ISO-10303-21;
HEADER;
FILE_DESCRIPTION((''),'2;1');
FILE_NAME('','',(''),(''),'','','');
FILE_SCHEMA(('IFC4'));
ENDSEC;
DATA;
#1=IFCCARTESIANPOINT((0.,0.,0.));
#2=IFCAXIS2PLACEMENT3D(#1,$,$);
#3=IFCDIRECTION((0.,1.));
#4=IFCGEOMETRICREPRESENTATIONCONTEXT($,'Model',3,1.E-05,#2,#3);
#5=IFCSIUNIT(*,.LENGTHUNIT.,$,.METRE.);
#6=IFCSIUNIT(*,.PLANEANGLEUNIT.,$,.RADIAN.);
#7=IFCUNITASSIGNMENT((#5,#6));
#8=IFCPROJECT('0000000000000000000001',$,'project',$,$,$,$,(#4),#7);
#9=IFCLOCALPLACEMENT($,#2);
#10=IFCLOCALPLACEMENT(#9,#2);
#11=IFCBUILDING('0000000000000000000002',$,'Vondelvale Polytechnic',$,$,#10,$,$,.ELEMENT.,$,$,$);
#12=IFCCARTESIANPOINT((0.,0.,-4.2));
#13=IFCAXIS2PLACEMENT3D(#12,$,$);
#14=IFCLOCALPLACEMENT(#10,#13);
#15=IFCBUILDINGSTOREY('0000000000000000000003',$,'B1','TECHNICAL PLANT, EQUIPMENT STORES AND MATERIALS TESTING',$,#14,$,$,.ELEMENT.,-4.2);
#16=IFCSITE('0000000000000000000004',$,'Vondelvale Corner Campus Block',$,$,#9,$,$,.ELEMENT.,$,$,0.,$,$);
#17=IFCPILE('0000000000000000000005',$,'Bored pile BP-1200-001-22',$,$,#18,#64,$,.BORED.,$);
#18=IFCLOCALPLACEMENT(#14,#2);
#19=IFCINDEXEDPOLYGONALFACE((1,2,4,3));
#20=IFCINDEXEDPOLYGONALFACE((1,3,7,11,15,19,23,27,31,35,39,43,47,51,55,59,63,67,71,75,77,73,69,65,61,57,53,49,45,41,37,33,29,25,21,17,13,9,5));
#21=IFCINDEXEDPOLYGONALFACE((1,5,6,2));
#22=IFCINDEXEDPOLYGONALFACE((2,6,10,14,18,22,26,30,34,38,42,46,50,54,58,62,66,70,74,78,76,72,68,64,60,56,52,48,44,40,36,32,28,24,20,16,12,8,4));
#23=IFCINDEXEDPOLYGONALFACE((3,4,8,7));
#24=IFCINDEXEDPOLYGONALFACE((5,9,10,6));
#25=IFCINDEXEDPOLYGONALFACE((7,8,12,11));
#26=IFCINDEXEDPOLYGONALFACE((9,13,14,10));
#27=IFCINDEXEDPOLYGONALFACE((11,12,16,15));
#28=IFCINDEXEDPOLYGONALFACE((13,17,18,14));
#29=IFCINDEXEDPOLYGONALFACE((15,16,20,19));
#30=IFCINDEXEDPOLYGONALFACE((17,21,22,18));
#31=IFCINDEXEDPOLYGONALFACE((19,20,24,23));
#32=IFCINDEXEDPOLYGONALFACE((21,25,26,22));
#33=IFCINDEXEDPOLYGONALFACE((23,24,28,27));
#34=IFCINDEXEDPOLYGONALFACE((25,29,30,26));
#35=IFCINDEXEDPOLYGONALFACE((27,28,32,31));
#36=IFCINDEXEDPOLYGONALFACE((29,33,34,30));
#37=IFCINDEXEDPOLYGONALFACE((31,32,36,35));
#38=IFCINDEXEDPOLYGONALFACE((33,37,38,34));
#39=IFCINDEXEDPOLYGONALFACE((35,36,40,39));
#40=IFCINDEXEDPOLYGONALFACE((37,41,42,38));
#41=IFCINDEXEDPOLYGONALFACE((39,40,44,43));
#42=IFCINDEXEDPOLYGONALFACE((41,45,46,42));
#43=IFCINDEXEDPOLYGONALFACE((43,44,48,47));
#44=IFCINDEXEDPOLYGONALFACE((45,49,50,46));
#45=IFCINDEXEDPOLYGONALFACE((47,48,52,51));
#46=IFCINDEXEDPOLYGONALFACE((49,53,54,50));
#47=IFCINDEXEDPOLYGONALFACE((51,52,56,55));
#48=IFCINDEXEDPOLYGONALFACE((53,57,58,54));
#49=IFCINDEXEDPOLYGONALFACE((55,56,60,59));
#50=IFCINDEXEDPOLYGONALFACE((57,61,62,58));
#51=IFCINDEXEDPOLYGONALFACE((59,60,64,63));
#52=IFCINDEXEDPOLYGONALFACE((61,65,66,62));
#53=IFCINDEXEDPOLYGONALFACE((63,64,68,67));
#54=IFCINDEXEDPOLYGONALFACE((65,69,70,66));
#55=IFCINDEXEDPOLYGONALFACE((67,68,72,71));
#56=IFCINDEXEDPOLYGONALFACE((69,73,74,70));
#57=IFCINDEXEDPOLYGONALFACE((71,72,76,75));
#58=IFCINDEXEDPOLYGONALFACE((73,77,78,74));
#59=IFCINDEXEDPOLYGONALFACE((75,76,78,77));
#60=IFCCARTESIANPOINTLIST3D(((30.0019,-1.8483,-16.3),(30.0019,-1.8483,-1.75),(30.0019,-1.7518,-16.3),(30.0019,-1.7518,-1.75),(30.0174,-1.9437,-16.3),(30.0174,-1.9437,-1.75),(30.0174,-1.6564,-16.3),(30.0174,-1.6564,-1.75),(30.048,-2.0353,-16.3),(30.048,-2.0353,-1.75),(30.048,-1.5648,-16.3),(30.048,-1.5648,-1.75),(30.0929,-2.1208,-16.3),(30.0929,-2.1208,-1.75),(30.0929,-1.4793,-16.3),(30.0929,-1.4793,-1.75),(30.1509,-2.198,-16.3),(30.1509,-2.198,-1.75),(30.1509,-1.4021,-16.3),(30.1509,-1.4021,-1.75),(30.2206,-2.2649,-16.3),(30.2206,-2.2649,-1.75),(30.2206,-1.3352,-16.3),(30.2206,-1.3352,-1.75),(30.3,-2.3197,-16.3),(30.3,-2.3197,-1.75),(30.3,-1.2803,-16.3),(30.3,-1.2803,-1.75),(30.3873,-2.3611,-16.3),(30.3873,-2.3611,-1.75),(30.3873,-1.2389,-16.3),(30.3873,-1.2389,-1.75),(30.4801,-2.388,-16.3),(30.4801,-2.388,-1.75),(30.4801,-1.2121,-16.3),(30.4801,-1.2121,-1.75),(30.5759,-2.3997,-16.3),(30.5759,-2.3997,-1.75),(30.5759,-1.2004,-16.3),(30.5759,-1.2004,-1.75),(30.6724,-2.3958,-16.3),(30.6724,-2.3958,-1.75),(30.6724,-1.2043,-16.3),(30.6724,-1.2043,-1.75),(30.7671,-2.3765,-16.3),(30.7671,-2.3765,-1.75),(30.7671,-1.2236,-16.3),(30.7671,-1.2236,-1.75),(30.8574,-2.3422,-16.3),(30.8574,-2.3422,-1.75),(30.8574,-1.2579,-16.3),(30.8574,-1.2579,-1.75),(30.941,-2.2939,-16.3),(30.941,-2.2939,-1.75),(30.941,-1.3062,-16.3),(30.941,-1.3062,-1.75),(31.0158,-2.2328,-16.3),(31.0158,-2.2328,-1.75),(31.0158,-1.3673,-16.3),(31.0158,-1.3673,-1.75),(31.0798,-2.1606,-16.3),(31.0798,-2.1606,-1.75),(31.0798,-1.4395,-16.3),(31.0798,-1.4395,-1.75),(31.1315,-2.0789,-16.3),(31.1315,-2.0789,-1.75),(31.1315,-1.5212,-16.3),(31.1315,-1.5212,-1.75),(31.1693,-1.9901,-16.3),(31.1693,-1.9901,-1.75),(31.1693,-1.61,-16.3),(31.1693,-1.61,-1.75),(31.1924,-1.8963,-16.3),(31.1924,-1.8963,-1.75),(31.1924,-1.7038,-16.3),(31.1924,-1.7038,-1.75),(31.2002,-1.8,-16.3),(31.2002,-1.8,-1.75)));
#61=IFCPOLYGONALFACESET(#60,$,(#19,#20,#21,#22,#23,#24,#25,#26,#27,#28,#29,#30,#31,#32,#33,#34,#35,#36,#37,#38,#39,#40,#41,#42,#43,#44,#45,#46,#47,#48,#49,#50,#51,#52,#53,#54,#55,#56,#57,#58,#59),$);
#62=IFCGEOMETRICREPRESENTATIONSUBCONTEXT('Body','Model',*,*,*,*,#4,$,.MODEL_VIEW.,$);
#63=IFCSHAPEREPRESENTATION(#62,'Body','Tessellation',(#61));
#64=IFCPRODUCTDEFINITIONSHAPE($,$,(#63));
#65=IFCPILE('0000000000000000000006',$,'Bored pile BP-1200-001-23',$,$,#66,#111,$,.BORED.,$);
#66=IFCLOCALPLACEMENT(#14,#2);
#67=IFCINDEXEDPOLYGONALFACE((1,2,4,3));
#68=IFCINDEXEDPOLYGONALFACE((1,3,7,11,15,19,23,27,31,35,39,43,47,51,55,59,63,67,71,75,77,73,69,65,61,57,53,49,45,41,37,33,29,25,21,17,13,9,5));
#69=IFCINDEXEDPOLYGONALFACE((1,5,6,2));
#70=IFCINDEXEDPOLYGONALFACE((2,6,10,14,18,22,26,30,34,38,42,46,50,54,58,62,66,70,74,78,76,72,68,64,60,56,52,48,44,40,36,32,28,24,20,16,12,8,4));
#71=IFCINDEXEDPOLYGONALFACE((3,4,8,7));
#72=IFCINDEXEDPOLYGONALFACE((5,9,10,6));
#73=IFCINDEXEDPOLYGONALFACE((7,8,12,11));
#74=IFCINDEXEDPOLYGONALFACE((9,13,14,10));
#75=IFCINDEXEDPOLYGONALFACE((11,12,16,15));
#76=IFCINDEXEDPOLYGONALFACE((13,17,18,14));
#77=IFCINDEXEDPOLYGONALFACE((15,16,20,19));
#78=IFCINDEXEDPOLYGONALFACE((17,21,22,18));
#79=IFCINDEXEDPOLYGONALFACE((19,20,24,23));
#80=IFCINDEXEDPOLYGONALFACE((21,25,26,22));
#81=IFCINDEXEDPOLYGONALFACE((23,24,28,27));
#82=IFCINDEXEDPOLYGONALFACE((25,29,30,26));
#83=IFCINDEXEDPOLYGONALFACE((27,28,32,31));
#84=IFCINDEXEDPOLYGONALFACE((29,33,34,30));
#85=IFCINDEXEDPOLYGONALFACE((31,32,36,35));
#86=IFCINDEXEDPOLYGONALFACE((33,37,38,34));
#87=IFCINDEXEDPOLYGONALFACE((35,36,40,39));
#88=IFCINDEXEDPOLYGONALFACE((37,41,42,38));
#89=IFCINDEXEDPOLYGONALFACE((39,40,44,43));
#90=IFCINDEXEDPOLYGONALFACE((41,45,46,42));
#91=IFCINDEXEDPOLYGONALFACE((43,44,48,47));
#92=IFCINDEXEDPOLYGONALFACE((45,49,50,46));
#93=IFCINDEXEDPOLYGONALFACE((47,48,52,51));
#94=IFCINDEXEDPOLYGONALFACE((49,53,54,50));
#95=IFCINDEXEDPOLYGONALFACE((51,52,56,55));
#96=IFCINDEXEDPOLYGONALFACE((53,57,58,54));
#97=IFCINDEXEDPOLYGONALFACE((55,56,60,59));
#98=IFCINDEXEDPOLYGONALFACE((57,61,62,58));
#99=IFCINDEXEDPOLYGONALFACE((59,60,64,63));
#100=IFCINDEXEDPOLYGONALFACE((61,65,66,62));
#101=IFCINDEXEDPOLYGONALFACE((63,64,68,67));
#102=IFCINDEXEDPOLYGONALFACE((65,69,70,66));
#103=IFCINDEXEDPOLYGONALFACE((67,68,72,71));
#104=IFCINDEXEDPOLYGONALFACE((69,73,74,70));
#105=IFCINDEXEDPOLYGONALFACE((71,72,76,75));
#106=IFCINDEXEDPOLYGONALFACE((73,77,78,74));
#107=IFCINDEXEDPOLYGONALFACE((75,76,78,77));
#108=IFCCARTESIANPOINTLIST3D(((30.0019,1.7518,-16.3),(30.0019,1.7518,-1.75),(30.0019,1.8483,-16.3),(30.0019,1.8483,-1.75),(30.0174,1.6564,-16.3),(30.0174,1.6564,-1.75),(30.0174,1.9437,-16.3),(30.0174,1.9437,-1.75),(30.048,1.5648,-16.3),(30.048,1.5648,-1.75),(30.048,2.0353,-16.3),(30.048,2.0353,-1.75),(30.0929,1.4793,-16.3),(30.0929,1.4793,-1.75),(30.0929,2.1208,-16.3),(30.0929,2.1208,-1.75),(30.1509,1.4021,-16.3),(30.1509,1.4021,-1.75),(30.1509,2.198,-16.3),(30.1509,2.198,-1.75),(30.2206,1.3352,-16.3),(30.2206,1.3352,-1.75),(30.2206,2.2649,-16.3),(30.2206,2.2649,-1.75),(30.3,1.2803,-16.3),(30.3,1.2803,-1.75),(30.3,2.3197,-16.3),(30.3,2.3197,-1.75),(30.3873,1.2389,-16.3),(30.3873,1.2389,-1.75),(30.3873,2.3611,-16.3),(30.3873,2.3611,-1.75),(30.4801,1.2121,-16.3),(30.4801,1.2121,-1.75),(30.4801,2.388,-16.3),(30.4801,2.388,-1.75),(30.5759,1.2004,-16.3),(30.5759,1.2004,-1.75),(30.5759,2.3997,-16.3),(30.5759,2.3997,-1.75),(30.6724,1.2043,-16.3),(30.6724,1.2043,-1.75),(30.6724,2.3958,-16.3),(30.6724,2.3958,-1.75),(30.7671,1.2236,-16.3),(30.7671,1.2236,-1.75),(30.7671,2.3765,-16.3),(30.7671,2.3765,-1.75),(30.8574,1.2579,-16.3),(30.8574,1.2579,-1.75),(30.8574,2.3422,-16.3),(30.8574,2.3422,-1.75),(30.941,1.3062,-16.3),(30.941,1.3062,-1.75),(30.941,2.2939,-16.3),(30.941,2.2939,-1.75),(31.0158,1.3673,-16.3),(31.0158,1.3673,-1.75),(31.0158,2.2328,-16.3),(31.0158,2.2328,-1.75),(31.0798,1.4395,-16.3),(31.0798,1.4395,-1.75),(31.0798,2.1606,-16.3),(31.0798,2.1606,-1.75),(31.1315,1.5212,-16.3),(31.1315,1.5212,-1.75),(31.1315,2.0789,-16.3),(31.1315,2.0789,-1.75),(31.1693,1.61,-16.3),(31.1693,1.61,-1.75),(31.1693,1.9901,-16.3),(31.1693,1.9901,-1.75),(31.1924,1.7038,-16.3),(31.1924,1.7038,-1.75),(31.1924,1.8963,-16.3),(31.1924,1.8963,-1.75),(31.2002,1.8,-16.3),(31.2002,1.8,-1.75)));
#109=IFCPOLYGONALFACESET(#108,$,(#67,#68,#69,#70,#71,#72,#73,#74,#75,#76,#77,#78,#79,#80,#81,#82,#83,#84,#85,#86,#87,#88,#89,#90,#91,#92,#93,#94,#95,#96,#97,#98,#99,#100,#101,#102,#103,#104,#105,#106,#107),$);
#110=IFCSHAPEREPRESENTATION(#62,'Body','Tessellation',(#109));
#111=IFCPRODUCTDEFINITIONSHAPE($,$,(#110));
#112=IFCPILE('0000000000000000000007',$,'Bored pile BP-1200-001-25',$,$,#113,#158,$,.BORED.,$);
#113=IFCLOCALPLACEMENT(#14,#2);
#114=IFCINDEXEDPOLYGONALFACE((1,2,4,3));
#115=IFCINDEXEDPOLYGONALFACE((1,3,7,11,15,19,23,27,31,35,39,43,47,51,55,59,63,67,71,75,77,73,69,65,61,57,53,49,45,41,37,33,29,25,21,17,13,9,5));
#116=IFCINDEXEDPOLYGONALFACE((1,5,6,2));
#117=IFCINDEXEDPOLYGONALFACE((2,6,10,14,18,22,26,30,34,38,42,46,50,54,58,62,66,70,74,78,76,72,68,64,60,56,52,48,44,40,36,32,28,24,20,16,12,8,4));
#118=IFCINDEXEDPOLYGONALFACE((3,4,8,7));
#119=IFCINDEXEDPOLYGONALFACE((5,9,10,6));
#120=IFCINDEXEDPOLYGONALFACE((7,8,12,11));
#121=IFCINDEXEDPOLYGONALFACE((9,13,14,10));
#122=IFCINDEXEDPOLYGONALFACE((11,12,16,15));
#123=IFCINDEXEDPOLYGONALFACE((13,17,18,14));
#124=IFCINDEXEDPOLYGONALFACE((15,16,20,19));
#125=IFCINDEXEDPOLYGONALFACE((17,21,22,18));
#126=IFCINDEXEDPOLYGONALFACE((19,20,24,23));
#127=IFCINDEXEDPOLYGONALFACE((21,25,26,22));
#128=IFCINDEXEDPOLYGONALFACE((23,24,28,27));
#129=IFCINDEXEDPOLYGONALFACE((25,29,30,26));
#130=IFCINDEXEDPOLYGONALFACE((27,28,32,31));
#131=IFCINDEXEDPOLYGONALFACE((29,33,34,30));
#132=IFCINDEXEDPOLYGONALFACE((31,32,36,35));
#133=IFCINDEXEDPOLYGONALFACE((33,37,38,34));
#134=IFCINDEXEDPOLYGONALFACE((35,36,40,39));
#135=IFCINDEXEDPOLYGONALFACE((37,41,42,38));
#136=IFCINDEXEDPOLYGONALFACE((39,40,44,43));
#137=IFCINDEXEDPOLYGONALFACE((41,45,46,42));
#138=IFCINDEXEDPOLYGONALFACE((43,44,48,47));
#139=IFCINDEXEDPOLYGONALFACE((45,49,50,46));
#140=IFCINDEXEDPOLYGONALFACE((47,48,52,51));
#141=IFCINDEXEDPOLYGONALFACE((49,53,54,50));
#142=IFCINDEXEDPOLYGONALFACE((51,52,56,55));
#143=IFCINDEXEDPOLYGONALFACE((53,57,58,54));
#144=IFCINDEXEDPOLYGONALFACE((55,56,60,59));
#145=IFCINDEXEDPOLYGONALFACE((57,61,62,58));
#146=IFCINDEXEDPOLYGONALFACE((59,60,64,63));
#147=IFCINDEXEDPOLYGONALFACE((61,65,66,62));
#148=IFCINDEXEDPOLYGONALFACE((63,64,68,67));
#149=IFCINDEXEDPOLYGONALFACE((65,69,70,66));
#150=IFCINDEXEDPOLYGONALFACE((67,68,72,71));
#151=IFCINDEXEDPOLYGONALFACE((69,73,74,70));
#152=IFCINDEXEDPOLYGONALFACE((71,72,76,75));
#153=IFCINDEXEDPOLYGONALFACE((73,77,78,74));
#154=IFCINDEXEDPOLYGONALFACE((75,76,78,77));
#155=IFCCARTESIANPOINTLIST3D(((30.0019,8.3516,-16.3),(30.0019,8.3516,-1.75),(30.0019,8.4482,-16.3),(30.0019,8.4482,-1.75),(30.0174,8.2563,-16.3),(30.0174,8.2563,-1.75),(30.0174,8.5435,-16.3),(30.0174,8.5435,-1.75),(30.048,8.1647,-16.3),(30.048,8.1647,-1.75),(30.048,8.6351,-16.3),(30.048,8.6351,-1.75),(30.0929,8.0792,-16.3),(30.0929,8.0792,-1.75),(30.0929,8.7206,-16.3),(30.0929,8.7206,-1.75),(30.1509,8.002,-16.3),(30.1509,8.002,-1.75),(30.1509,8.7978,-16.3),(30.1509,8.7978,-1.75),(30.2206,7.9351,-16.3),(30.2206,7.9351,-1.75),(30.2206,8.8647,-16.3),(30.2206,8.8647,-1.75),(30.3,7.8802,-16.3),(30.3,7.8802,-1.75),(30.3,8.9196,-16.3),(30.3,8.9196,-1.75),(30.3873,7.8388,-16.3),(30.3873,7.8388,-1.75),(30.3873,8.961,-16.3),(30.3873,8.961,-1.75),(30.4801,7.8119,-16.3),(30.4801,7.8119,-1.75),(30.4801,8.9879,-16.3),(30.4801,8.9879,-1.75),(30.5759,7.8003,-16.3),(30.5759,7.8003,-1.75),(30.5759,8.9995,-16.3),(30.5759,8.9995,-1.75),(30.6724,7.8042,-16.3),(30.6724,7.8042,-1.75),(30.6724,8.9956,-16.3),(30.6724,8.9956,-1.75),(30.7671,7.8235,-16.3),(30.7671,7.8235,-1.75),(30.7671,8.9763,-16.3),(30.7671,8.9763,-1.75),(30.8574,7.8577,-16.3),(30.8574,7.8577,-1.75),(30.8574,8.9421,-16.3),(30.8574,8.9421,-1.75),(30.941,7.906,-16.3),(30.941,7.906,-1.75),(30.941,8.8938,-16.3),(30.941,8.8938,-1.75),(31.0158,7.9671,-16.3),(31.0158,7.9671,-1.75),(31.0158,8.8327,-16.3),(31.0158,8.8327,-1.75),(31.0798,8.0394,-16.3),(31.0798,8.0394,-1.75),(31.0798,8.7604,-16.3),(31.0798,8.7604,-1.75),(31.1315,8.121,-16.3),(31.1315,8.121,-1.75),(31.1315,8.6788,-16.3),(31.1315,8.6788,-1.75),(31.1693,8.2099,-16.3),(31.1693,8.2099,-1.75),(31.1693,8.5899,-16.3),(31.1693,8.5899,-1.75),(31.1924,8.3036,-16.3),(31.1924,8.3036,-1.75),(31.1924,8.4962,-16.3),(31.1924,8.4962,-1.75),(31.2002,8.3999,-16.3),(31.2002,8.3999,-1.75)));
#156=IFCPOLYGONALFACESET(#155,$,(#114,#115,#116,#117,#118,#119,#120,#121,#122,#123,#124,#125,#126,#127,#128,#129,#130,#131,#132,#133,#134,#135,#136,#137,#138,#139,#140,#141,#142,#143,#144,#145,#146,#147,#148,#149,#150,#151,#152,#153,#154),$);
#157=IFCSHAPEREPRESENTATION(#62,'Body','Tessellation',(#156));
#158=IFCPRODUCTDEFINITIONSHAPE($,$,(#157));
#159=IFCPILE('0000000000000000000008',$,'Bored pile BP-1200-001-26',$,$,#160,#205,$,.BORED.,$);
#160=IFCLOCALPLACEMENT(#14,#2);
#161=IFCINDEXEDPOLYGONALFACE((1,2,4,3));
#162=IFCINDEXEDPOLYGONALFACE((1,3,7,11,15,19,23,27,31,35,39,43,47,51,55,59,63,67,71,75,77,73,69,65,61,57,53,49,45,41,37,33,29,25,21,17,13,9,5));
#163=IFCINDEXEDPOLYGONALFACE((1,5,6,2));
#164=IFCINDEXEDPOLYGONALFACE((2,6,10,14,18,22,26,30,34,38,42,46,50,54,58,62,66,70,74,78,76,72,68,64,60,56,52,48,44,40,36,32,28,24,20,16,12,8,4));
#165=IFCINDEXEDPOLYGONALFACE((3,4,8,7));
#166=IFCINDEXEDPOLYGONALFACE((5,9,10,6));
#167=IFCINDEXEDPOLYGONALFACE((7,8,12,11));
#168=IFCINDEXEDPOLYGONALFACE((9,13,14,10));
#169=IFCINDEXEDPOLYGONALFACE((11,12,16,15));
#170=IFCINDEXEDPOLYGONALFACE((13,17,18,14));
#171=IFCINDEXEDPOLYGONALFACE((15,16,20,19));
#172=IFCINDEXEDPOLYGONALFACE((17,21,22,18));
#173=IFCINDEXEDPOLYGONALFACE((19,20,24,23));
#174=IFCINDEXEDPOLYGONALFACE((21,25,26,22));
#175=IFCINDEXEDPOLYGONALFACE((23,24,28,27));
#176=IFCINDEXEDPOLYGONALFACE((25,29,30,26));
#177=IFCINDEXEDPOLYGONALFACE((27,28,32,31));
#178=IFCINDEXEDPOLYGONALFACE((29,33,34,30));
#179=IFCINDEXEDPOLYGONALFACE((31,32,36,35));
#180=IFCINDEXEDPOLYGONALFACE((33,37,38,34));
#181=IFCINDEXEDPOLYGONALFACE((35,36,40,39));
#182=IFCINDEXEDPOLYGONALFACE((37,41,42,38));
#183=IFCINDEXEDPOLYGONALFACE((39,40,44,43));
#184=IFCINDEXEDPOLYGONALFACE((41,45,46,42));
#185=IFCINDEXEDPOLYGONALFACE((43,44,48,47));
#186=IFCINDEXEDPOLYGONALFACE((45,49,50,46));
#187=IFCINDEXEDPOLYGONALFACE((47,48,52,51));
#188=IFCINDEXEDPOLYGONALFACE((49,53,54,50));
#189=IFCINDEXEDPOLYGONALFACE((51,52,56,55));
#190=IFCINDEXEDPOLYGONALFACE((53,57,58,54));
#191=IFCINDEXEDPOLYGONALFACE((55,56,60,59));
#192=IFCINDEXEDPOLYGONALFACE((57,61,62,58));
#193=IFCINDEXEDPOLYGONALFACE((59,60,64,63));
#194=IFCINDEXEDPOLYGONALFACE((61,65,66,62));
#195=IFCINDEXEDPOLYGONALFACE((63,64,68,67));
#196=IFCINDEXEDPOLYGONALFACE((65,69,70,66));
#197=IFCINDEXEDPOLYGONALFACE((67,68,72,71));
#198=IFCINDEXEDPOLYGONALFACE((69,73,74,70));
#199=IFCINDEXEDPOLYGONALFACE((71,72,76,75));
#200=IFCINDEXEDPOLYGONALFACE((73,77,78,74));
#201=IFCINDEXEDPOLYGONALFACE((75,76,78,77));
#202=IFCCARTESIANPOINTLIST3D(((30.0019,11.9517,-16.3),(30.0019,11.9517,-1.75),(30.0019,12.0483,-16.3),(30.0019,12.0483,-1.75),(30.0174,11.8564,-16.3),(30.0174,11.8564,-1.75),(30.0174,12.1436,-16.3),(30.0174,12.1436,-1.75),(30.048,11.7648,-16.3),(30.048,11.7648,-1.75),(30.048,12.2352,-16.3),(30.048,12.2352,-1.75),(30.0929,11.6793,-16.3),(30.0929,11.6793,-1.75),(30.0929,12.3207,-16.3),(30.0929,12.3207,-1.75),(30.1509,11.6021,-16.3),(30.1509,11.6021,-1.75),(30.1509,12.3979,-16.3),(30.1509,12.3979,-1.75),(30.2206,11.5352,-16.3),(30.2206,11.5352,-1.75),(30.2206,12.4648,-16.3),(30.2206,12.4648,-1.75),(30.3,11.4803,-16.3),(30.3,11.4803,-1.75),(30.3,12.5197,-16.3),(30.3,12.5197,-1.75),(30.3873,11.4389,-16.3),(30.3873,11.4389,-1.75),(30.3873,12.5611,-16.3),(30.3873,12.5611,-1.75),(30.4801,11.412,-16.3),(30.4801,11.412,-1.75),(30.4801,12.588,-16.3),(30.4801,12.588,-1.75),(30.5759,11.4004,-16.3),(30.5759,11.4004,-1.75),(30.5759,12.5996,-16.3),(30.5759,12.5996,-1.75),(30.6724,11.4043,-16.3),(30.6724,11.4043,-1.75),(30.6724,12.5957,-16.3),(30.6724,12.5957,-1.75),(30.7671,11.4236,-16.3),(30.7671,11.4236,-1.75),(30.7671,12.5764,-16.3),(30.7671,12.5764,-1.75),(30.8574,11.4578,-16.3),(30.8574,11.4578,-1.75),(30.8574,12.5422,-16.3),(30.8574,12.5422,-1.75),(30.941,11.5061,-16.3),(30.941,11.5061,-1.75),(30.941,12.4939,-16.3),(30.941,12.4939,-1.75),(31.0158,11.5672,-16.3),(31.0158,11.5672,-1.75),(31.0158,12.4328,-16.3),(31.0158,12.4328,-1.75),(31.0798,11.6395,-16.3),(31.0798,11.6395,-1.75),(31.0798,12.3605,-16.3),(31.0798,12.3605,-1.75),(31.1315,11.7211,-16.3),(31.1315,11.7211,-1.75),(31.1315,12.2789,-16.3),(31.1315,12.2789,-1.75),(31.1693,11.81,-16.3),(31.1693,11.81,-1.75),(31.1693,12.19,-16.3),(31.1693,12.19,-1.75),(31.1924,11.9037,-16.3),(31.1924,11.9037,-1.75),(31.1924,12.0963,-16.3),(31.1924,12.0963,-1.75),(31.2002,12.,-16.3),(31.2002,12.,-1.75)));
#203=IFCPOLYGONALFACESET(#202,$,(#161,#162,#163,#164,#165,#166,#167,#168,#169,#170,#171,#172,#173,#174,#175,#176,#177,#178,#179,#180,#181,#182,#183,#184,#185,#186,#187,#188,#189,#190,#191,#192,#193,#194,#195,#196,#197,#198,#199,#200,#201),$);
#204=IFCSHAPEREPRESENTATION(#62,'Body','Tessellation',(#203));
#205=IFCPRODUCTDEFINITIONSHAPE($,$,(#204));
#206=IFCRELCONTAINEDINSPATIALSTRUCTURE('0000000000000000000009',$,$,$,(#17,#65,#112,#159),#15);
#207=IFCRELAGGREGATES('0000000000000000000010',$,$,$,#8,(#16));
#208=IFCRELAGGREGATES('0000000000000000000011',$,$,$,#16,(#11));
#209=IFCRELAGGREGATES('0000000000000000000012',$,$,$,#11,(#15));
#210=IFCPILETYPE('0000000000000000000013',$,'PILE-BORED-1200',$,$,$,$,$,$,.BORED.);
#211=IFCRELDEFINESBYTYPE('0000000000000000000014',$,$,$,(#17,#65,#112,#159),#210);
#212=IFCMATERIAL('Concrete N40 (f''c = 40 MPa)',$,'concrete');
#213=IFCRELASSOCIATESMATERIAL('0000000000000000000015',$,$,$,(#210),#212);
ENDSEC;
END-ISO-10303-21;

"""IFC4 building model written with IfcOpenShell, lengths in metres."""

from ifc_helpers import new_model, si_unit, direction, frame, origin, origin_2d, place, context, subcontext, project, spatial, circle, extrude, material, material_profile, profile_set, type_object, element, save


model = new_model("IFC4")

# Units and contexts
model_context = context("Model", 3, precision=1e-05, world=origin(), true_north=direction((0.0, 1.0)))
body_context = subcontext(model_context, "Body", "Model", "MODEL_VIEW")
ifc_project = project(units=[si_unit("LENGTHUNIT", "METRE"), si_unit("PLANEANGLEUNIT", "RADIAN")], contexts=[model_context])

# Site, building, storey
site_placement = place(None, origin())
site = spatial("IfcSite", under=ifc_project, at=site_placement, Name="Vondelvale Corner Campus Block", CompositionType="ELEMENT", RefElevation=0.0)
building_placement = place(site_placement, origin())
building = spatial("IfcBuilding", under=site, at=building_placement, Name="Vondelvale Polytechnic", CompositionType="ELEMENT")
storey_placement = place(building_placement, frame((0.0, 0.0, -4.2)))
storey = spatial("IfcBuildingStorey", under=building, at=storey_placement, Name="B1", Description="TECHNICAL PLANT, EQUIPMENT STORES AND MATERIALS TESTING", CompositionType="ELEMENT", Elevation=-4.2)

# Piles
ifc_material_1 = material(Name="Concrete N40 (f'c = 40 MPa)", Category="concrete")
ifc_material_profile_1 = material_profile(ifc_material_1, circle(Radius=0.6001, at=origin_2d()), Name="PILE-D1200")
ifc_profile_set_1 = profile_set([ifc_material_profile_1], Name="Concrete N40 (f'c = 40 MPa)")
pile_type = type_object("IfcPileType", Name="PILE-BORED-1200", PredefinedType="BORED", material=ifc_profile_set_1)
for number, where, z_axis, x_axis, name in (
    (1, (30.6001, -1.8, -1.75), (0.0, 0.0, -1.0), (1.0, 0.0, 0.0), "Bored pile BP-1200-001-22"),
    (2, (30.6001, 1.8, -1.75), (0.0, 0.0, -1.0), (1.0, 0.0, 0.0), "Bored pile BP-1200-001-23"),
    (3, (30.6001, 8.3999, -1.75), (0.0, 0.0, -1.0), (1.0, 0.0, 0.0), "Bored pile BP-1200-001-25"),
    (4, (30.6001, 12.0, -1.75), (0.0, 0.0, -1.0), (1.0, 0.0, 0.0), "Bored pile BP-1200-001-26"),
):
    element("IfcPile", number, at=place(storey_placement, frame(where, z_axis=z_axis, x_axis=x_axis)), inside=storey, type_object=pile_type, Name=name, PredefinedType="BORED", context=body_context, shape_type="SweptSolid", body=[
        extrude(circle(Radius=0.6001, at=origin_2d()), origin(), (0.0, 0.0, 1.0), 14.55),
    ])

save(model, "model.ifc")
